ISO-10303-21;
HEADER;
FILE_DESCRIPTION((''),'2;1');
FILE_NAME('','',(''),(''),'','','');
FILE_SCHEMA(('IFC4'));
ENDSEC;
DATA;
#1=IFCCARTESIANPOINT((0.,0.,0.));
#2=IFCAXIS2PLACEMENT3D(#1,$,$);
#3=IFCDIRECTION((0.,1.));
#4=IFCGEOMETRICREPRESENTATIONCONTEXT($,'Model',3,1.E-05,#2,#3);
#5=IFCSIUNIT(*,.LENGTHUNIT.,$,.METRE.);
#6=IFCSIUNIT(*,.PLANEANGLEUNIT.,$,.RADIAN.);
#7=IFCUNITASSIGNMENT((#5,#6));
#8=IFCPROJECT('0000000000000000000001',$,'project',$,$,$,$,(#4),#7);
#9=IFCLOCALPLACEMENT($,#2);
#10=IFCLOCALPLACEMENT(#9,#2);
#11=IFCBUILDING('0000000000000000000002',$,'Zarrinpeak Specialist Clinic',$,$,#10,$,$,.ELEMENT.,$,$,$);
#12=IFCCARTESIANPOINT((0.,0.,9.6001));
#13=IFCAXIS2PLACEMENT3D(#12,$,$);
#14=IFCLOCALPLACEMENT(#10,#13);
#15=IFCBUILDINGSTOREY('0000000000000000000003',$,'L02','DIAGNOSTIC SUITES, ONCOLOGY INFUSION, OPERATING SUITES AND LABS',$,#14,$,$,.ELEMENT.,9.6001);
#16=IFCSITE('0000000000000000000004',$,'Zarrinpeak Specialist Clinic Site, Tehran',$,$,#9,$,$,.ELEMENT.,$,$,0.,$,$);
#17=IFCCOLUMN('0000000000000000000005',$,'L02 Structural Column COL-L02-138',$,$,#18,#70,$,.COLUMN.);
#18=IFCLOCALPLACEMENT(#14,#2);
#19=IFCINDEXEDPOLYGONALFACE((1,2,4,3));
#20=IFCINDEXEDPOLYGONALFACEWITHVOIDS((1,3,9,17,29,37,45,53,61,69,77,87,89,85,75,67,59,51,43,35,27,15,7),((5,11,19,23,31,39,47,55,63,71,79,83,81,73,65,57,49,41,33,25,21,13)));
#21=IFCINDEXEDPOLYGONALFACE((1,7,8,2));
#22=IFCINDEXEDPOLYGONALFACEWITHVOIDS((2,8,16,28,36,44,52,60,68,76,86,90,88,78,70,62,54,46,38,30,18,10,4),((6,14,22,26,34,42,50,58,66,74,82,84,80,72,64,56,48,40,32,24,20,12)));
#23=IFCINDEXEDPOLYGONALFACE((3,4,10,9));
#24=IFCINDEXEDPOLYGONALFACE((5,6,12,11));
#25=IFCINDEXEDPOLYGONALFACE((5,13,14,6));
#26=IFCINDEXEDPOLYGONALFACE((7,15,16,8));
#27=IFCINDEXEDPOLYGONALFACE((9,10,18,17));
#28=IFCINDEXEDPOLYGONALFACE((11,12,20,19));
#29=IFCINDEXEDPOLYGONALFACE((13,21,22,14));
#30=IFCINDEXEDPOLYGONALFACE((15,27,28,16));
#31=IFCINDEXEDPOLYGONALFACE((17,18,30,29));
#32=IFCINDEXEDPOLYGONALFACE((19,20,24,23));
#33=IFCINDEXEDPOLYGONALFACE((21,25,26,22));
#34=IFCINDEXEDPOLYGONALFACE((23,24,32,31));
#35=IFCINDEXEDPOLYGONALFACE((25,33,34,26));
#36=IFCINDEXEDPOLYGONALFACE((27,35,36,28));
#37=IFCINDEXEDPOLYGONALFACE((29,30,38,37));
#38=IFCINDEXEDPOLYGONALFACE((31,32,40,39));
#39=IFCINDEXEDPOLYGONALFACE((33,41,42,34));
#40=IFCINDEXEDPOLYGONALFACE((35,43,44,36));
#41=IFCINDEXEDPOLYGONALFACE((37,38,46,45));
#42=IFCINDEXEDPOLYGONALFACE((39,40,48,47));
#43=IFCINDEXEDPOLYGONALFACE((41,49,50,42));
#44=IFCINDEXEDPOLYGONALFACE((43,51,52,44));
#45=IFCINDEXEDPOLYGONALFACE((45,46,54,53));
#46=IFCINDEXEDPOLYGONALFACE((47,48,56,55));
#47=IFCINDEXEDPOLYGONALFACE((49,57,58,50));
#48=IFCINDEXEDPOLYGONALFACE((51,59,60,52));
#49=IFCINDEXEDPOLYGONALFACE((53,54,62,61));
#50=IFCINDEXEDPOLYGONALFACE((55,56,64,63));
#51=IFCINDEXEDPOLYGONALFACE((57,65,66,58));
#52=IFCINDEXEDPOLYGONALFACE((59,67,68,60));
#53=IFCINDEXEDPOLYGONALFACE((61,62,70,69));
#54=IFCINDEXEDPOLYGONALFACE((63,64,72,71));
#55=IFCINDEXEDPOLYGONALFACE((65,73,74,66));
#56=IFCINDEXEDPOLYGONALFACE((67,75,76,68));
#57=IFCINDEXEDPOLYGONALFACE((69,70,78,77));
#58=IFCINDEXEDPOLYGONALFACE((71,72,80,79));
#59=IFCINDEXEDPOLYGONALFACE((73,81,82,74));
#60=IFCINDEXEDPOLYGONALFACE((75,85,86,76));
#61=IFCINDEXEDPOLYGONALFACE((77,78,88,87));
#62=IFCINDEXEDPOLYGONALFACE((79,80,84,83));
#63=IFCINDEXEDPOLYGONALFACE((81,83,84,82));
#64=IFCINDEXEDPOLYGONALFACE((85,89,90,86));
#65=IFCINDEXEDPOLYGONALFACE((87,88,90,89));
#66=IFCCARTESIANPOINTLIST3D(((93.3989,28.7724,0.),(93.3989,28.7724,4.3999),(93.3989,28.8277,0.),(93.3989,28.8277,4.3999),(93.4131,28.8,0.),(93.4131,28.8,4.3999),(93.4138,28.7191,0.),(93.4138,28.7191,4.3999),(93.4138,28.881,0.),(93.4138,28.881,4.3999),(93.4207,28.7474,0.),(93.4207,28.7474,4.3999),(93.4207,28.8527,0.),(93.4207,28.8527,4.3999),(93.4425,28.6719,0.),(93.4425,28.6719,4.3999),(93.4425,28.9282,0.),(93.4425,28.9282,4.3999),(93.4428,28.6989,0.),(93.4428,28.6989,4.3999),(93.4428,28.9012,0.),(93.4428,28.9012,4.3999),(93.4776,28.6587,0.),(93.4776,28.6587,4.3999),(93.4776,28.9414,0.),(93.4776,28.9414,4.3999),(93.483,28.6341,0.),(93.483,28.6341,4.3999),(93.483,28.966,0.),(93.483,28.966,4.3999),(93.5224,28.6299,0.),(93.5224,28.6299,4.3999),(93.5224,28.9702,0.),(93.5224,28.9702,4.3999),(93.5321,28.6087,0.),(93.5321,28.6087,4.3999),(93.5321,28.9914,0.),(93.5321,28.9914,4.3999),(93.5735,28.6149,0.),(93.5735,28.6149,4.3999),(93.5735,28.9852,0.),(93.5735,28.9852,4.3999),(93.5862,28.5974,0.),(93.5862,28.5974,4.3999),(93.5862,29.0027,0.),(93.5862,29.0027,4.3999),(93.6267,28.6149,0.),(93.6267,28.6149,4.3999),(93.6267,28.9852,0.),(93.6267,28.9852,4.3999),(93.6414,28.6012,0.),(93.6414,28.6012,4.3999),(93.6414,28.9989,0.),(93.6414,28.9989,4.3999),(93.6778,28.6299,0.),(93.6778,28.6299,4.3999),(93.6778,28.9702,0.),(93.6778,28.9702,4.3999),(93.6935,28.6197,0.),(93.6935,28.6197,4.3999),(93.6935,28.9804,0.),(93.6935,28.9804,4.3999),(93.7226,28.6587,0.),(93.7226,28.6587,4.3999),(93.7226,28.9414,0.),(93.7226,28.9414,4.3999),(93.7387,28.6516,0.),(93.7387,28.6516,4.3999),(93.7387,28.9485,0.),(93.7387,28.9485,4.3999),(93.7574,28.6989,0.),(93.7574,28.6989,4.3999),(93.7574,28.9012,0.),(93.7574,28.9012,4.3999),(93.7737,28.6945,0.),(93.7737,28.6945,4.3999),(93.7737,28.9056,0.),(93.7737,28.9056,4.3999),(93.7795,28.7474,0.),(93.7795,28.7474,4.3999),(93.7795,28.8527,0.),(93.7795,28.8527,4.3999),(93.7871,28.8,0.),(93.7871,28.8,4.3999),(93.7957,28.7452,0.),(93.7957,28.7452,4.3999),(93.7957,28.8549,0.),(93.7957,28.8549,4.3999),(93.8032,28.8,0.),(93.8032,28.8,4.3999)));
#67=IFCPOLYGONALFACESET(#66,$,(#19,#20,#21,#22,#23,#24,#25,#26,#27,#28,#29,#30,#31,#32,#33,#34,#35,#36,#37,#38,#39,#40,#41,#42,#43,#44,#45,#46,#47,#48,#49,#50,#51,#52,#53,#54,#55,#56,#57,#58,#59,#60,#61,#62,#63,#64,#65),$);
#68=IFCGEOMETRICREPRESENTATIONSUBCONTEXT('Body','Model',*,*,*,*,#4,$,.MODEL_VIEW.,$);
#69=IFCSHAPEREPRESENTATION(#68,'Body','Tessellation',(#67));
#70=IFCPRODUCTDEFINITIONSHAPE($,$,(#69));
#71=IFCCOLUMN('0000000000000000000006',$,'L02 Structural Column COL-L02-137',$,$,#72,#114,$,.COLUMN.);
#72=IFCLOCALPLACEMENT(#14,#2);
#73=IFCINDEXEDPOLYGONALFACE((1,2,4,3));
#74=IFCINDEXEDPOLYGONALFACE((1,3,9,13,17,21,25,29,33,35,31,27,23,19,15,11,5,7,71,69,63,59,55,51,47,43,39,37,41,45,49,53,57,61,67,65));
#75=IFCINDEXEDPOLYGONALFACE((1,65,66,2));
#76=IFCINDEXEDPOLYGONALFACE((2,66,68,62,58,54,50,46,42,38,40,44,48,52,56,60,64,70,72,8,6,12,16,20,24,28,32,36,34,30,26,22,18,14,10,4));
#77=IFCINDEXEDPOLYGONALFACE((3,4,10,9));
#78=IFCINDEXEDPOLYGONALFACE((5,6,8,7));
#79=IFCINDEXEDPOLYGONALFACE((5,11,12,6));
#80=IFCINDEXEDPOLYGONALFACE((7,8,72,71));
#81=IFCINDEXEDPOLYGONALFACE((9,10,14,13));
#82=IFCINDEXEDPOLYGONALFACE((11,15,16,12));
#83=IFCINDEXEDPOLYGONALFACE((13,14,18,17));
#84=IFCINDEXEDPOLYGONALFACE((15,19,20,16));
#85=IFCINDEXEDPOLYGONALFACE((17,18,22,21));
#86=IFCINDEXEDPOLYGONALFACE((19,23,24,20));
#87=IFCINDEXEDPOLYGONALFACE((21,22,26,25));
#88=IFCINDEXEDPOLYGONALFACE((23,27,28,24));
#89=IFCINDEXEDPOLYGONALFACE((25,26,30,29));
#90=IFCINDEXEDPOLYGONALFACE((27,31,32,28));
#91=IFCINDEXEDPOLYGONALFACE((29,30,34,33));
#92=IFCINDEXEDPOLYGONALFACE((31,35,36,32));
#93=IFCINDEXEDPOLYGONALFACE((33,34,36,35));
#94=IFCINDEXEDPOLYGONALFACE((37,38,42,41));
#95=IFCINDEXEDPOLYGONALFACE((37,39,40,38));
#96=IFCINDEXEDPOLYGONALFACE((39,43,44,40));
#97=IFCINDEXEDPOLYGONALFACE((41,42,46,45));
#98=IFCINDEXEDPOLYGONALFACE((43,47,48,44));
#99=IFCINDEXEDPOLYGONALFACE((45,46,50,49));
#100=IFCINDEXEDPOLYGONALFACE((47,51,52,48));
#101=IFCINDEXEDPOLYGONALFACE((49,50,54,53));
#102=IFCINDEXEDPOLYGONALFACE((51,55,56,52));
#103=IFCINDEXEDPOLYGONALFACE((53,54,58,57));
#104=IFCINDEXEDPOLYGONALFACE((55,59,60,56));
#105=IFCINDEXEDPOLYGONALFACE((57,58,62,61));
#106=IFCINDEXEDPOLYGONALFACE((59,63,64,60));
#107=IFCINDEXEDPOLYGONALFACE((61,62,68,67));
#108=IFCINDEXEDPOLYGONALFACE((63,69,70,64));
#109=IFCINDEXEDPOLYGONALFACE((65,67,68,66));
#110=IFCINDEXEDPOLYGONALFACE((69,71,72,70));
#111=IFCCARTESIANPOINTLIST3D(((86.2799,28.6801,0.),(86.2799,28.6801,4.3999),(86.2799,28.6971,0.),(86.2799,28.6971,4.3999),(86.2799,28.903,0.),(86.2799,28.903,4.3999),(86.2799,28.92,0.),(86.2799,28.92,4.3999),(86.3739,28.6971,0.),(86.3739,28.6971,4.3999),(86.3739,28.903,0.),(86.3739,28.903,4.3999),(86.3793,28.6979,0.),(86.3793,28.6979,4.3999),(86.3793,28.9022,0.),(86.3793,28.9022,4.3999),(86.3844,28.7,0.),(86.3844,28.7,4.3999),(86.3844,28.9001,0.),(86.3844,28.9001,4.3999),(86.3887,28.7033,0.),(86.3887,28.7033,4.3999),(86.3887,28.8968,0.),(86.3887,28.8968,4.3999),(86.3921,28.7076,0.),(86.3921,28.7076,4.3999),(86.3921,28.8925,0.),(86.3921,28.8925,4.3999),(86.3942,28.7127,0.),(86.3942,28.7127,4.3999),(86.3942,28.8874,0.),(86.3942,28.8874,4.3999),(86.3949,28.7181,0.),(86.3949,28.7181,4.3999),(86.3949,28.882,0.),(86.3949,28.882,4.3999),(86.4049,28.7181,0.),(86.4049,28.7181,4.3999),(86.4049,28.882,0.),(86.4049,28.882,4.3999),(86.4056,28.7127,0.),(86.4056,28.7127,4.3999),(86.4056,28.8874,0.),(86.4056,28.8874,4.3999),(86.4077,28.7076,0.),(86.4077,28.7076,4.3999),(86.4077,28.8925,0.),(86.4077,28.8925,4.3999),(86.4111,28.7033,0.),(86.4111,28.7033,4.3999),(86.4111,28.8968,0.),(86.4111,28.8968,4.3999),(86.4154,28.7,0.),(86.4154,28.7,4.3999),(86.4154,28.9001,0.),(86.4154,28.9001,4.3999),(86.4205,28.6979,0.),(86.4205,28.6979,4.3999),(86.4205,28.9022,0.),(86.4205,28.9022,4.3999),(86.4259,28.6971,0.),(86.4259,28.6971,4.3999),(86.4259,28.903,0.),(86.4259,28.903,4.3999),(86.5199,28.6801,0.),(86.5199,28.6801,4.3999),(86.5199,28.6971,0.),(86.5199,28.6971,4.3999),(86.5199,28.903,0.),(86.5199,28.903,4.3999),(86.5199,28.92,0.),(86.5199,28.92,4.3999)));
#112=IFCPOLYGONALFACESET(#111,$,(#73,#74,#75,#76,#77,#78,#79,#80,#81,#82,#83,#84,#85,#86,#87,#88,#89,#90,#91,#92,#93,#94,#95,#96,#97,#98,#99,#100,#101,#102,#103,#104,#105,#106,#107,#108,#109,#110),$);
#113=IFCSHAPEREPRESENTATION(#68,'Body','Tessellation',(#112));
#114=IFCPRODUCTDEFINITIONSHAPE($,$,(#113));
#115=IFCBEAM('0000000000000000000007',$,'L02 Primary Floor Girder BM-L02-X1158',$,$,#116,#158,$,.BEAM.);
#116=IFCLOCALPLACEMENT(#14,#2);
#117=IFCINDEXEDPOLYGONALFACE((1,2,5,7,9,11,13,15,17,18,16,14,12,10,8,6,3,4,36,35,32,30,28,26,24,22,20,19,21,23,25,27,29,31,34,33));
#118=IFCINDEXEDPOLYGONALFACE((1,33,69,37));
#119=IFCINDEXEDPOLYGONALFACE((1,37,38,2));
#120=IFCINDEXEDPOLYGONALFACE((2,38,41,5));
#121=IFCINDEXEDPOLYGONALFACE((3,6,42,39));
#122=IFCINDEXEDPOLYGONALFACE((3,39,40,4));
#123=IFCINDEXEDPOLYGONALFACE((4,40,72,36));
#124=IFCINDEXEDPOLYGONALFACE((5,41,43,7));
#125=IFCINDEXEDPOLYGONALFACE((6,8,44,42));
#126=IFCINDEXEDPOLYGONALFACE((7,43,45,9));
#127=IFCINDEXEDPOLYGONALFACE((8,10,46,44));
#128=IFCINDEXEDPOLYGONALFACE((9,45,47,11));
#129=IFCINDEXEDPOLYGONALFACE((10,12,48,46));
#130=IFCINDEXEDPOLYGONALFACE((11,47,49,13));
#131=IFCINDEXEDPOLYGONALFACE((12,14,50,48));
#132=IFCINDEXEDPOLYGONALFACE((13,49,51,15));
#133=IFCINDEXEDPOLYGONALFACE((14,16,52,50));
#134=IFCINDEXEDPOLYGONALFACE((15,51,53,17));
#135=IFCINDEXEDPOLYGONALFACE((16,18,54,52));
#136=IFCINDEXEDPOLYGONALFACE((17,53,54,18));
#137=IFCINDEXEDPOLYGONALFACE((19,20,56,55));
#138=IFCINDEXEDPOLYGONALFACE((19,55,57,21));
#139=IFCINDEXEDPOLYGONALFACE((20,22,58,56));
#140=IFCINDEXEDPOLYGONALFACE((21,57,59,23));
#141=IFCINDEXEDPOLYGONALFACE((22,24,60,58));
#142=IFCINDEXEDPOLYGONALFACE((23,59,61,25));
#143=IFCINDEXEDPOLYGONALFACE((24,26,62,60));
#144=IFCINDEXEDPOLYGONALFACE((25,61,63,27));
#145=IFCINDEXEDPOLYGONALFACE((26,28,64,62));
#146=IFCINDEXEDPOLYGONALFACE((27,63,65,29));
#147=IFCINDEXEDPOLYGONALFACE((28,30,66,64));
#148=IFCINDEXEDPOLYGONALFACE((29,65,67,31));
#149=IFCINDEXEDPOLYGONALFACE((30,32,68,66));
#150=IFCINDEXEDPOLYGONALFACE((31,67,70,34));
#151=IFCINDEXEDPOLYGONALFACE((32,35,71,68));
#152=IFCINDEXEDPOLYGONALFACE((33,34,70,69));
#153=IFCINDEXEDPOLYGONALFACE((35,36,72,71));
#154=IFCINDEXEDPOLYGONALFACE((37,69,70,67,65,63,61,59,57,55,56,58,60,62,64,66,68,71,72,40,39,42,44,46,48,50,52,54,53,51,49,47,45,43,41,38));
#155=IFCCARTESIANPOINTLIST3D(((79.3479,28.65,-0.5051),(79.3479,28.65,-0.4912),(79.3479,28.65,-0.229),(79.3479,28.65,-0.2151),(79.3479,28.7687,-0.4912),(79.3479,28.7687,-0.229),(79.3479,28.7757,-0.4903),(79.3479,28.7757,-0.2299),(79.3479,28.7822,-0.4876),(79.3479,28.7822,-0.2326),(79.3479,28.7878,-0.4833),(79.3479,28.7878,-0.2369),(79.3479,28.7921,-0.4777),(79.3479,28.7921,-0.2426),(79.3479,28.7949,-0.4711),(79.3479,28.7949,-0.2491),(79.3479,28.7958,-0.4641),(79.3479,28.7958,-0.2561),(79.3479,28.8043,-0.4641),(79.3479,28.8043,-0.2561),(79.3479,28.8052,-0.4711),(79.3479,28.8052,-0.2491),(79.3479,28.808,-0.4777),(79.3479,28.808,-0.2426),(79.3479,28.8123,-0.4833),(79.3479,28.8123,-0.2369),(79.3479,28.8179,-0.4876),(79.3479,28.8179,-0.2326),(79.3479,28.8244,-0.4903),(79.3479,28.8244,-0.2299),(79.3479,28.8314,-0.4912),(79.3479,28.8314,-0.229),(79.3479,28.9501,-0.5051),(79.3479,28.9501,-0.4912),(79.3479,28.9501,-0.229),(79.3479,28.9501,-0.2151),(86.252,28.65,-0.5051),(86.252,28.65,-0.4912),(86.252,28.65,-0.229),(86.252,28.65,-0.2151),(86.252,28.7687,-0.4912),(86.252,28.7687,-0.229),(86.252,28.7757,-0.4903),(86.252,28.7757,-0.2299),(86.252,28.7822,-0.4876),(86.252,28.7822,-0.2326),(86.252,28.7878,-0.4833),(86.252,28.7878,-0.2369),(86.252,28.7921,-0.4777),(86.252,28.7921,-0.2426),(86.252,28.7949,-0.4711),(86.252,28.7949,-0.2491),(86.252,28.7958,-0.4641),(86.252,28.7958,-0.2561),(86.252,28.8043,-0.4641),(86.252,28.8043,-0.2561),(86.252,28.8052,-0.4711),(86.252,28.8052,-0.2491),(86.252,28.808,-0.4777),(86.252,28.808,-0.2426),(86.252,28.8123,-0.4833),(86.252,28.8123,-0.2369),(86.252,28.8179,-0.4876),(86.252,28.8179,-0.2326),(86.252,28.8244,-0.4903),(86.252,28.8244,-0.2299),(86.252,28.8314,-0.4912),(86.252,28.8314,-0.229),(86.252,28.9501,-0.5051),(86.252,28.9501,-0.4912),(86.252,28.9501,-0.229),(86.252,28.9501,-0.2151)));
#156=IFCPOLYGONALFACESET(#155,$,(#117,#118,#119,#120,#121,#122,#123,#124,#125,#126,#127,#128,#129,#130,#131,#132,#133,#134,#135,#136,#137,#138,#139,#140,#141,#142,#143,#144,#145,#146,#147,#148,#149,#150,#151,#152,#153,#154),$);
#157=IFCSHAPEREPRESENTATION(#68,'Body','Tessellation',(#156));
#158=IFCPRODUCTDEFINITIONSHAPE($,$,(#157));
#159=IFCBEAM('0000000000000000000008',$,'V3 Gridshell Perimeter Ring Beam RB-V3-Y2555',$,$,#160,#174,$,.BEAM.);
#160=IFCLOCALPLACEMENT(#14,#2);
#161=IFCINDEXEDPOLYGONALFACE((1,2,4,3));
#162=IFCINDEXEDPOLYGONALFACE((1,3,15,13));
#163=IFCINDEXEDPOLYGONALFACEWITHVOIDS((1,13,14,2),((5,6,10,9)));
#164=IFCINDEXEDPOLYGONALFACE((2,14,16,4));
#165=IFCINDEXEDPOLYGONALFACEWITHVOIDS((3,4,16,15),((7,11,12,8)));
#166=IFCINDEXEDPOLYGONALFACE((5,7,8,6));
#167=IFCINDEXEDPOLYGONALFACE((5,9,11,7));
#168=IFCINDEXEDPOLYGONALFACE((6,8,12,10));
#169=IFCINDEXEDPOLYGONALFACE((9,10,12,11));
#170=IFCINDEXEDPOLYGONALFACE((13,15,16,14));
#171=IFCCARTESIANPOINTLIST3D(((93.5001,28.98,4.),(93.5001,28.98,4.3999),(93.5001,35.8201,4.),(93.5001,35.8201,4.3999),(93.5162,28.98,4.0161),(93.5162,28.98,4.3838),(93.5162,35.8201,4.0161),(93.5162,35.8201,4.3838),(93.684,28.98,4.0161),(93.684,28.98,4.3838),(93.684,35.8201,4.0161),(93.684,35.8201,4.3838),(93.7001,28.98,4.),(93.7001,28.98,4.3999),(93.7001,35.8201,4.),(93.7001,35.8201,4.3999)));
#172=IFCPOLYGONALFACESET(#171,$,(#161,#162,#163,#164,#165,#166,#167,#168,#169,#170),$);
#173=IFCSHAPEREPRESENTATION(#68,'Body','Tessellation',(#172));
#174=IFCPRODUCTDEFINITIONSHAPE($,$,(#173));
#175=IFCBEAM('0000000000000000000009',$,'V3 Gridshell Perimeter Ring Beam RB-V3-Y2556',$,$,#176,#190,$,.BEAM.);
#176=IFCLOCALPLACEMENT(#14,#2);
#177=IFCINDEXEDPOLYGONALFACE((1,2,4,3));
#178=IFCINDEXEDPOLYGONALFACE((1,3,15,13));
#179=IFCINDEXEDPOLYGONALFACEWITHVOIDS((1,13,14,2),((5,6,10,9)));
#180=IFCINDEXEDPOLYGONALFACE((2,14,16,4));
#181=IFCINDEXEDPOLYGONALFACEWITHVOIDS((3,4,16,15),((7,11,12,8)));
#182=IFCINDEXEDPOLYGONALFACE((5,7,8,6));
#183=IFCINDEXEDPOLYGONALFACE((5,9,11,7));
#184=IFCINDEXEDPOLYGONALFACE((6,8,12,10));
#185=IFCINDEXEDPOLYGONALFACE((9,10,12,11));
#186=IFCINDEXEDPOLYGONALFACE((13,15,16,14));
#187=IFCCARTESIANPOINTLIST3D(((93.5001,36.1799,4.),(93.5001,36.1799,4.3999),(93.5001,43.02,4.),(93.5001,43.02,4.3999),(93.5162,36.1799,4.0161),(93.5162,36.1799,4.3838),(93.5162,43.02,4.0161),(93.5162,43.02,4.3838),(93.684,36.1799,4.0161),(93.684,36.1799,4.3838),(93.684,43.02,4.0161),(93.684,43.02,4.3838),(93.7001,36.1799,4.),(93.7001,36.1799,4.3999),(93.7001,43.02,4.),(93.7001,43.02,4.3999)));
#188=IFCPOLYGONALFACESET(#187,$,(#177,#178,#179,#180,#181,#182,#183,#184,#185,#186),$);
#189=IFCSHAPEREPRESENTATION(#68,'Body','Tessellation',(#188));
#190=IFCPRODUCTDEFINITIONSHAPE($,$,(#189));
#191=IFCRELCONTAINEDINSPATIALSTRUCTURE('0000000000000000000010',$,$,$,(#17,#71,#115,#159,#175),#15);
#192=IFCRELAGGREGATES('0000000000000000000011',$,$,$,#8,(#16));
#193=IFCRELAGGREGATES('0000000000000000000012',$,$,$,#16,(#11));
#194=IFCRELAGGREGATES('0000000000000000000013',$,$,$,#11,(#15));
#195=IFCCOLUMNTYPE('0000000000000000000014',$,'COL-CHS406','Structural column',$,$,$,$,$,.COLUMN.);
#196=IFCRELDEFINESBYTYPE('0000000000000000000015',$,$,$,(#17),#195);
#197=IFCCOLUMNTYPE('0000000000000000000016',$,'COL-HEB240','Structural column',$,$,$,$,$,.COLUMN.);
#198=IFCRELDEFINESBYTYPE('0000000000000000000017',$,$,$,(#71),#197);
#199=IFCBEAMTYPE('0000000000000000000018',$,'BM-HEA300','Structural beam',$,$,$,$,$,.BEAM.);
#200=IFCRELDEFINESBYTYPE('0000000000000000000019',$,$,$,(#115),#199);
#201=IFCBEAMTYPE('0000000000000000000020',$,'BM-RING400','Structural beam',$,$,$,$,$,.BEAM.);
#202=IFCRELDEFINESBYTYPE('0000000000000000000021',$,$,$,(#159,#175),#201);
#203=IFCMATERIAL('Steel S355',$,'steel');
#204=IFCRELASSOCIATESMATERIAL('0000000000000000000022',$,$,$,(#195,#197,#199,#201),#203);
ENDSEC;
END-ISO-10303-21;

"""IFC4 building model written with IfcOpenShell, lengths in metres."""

from ifc_helpers import new_model, si_unit, direction, frame, origin, origin_2d, place, context, subcontext, project, spatial, hollow_rectangle, hollow_circle, i_section, extrude, material, material_profile, profile_set, type_object, element, save


model = new_model("IFC4")

# Units and contexts
model_context = context("Model", 3, precision=1e-05, world=origin(), true_north=direction((0.0, 1.0)))
body_context = subcontext(model_context, "Body", "Model", "MODEL_VIEW")
ifc_project = project(units=[si_unit("LENGTHUNIT", "METRE"), si_unit("PLANEANGLEUNIT", "RADIAN")], contexts=[model_context])

# Site, building, storey
site_placement = place(None, origin())
site = spatial("IfcSite", under=ifc_project, at=site_placement, Name="Zarrinpeak Specialist Clinic Site, Tehran", CompositionType="ELEMENT", RefElevation=0.0)
building_placement = place(site_placement, origin())
building = spatial("IfcBuilding", under=site, at=building_placement, Name="Zarrinpeak Specialist Clinic", CompositionType="ELEMENT")
storey_placement = place(building_placement, frame((0.0, 0.0, 9.6001)))
storey = spatial("IfcBuildingStorey", under=building, at=storey_placement, Name="L02", Description="DIAGNOSTIC SUITES, ONCOLOGY INFUSION, OPERATING SUITES AND LABS", CompositionType="ELEMENT", Elevation=9.6001)

# Columns
ifc_material_1 = material(Name="Steel S355", Category="steel")
ifc_material_profile_1 = material_profile(ifc_material_1, hollow_circle(Radius=0.2031, WallThickness=0.0161, at=origin_2d()), Name="CHS 406.4x16.0")
ifc_profile_set_1 = profile_set([ifc_material_profile_1], Name="Steel S355")
column_type_1 = type_object("IfcColumnType", Name="COL-CHS406", Description="Structural column", PredefinedType="COLUMN", material=ifc_profile_set_1)
column_1_placement = place(storey_placement, frame((93.6001, 28.8, 0.0), z_axis=(0.0, 0.0, 1.0), x_axis=(1.0, 0.0, 0.0)))
element("IfcColumn", 1, at=column_1_placement, inside=storey, type_object=column_type_1, Name="L02 Structural Column COL-L02-138", PredefinedType="COLUMN", context=body_context, shape_type="SweptSolid", body=[
    extrude(hollow_circle(Radius=0.2031, WallThickness=0.0161, at=origin_2d()), origin(), (0.0, 0.0, 1.0), 4.3999),
])
ifc_material_profile_2 = material_profile(ifc_material_1, i_section(OverallWidth=0.24, OverallDepth=0.24, WebThickness=0.01, FlangeThickness=0.0171, FilletRadius=0.021, at=origin_2d()), Name="HEB 240")
ifc_profile_set_2 = profile_set([ifc_material_profile_2], Name="Steel S355")
column_type_2 = type_object("IfcColumnType", Name="COL-HEB240", Description="Structural column", PredefinedType="COLUMN", material=ifc_profile_set_2)
column_2_placement = place(storey_placement, frame((86.3999, 28.8, 0.0), z_axis=(0.0, 0.0, 1.0), x_axis=(1.0, 0.0, 0.0)))
element("IfcColumn", 2, at=column_2_placement, inside=storey, type_object=column_type_2, Name="L02 Structural Column COL-L02-137", PredefinedType="COLUMN", context=body_context, shape_type="SweptSolid", body=[
    extrude(i_section(OverallWidth=0.24, OverallDepth=0.24, WebThickness=0.01, FlangeThickness=0.0171, FilletRadius=0.021, at=origin_2d()), origin(), (0.0, 0.0, 1.0), 4.3999),
])

# Beams
ifc_material_profile_3 = material_profile(ifc_material_1, i_section(OverallWidth=0.3, OverallDepth=0.29, WebThickness=0.0085, FlangeThickness=0.0139, FilletRadius=0.0271, at=origin_2d()), Name="HEA 300")
ifc_profile_set_3 = profile_set([ifc_material_profile_3], Name="Steel S355")
beam_type_1 = type_object("IfcBeamType", Name="BM-HEA300", Description="Structural beam", PredefinedType="BEAM", material=ifc_profile_set_3)
beam_placement = place(storey_placement, frame((79.3479, 28.8, -0.3601), z_axis=(1.0, 0.0, 0.0), x_axis=(0.0, 1.0, 0.0)))
element("IfcBeam", 3, at=beam_placement, inside=storey, type_object=beam_type_1, Name="L02 Primary Floor Girder BM-L02-X1158", PredefinedType="BEAM", context=body_context, shape_type="SweptSolid", body=[
    extrude(i_section(OverallWidth=0.3, OverallDepth=0.29, WebThickness=0.0085, FlangeThickness=0.0139, FilletRadius=0.0271, at=origin_2d()), origin(), (0.0, 0.0, 1.0), 6.9041),
])
ifc_material_profile_4 = material_profile(ifc_material_1, hollow_rectangle(XDim=0.2, YDim=0.3999, WallThickness=0.0161, at=origin_2d()), Name="RHS 400x200x16.0")
ifc_profile_set_4 = profile_set([ifc_material_profile_4], Name="Steel S355")
beam_type_2 = type_object("IfcBeamType", Name="BM-RING400", Description="Structural beam", PredefinedType="BEAM", material=ifc_profile_set_4)
for number, where, z_axis, x_axis, name in (
    (4, (93.6001, 28.98, 4.2), (0.0, 1.0, 0.0), (-1.0, 0.0, 0.0), "V3 Gridshell Perimeter Ring Beam RB-V3-Y2555"),
    (5, (93.6001, 36.1799, 4.2), (0.0, 1.0, 0.0), (-1.0, 0.0, 0.0), "V3 Gridshell Perimeter Ring Beam RB-V3-Y2556"),
):
    element("IfcBeam", number, at=place(storey_placement, frame(where, z_axis=z_axis, x_axis=x_axis)), inside=storey, type_object=beam_type_2, Name=name, PredefinedType="BEAM", context=body_context, shape_type="SweptSolid", body=[
        extrude(hollow_rectangle(XDim=0.2, YDim=0.3999, WallThickness=0.0161, at=origin_2d()), origin(), (0.0, 0.0, 1.0), 6.8401),
    ])

save(model, "model.ifc")
